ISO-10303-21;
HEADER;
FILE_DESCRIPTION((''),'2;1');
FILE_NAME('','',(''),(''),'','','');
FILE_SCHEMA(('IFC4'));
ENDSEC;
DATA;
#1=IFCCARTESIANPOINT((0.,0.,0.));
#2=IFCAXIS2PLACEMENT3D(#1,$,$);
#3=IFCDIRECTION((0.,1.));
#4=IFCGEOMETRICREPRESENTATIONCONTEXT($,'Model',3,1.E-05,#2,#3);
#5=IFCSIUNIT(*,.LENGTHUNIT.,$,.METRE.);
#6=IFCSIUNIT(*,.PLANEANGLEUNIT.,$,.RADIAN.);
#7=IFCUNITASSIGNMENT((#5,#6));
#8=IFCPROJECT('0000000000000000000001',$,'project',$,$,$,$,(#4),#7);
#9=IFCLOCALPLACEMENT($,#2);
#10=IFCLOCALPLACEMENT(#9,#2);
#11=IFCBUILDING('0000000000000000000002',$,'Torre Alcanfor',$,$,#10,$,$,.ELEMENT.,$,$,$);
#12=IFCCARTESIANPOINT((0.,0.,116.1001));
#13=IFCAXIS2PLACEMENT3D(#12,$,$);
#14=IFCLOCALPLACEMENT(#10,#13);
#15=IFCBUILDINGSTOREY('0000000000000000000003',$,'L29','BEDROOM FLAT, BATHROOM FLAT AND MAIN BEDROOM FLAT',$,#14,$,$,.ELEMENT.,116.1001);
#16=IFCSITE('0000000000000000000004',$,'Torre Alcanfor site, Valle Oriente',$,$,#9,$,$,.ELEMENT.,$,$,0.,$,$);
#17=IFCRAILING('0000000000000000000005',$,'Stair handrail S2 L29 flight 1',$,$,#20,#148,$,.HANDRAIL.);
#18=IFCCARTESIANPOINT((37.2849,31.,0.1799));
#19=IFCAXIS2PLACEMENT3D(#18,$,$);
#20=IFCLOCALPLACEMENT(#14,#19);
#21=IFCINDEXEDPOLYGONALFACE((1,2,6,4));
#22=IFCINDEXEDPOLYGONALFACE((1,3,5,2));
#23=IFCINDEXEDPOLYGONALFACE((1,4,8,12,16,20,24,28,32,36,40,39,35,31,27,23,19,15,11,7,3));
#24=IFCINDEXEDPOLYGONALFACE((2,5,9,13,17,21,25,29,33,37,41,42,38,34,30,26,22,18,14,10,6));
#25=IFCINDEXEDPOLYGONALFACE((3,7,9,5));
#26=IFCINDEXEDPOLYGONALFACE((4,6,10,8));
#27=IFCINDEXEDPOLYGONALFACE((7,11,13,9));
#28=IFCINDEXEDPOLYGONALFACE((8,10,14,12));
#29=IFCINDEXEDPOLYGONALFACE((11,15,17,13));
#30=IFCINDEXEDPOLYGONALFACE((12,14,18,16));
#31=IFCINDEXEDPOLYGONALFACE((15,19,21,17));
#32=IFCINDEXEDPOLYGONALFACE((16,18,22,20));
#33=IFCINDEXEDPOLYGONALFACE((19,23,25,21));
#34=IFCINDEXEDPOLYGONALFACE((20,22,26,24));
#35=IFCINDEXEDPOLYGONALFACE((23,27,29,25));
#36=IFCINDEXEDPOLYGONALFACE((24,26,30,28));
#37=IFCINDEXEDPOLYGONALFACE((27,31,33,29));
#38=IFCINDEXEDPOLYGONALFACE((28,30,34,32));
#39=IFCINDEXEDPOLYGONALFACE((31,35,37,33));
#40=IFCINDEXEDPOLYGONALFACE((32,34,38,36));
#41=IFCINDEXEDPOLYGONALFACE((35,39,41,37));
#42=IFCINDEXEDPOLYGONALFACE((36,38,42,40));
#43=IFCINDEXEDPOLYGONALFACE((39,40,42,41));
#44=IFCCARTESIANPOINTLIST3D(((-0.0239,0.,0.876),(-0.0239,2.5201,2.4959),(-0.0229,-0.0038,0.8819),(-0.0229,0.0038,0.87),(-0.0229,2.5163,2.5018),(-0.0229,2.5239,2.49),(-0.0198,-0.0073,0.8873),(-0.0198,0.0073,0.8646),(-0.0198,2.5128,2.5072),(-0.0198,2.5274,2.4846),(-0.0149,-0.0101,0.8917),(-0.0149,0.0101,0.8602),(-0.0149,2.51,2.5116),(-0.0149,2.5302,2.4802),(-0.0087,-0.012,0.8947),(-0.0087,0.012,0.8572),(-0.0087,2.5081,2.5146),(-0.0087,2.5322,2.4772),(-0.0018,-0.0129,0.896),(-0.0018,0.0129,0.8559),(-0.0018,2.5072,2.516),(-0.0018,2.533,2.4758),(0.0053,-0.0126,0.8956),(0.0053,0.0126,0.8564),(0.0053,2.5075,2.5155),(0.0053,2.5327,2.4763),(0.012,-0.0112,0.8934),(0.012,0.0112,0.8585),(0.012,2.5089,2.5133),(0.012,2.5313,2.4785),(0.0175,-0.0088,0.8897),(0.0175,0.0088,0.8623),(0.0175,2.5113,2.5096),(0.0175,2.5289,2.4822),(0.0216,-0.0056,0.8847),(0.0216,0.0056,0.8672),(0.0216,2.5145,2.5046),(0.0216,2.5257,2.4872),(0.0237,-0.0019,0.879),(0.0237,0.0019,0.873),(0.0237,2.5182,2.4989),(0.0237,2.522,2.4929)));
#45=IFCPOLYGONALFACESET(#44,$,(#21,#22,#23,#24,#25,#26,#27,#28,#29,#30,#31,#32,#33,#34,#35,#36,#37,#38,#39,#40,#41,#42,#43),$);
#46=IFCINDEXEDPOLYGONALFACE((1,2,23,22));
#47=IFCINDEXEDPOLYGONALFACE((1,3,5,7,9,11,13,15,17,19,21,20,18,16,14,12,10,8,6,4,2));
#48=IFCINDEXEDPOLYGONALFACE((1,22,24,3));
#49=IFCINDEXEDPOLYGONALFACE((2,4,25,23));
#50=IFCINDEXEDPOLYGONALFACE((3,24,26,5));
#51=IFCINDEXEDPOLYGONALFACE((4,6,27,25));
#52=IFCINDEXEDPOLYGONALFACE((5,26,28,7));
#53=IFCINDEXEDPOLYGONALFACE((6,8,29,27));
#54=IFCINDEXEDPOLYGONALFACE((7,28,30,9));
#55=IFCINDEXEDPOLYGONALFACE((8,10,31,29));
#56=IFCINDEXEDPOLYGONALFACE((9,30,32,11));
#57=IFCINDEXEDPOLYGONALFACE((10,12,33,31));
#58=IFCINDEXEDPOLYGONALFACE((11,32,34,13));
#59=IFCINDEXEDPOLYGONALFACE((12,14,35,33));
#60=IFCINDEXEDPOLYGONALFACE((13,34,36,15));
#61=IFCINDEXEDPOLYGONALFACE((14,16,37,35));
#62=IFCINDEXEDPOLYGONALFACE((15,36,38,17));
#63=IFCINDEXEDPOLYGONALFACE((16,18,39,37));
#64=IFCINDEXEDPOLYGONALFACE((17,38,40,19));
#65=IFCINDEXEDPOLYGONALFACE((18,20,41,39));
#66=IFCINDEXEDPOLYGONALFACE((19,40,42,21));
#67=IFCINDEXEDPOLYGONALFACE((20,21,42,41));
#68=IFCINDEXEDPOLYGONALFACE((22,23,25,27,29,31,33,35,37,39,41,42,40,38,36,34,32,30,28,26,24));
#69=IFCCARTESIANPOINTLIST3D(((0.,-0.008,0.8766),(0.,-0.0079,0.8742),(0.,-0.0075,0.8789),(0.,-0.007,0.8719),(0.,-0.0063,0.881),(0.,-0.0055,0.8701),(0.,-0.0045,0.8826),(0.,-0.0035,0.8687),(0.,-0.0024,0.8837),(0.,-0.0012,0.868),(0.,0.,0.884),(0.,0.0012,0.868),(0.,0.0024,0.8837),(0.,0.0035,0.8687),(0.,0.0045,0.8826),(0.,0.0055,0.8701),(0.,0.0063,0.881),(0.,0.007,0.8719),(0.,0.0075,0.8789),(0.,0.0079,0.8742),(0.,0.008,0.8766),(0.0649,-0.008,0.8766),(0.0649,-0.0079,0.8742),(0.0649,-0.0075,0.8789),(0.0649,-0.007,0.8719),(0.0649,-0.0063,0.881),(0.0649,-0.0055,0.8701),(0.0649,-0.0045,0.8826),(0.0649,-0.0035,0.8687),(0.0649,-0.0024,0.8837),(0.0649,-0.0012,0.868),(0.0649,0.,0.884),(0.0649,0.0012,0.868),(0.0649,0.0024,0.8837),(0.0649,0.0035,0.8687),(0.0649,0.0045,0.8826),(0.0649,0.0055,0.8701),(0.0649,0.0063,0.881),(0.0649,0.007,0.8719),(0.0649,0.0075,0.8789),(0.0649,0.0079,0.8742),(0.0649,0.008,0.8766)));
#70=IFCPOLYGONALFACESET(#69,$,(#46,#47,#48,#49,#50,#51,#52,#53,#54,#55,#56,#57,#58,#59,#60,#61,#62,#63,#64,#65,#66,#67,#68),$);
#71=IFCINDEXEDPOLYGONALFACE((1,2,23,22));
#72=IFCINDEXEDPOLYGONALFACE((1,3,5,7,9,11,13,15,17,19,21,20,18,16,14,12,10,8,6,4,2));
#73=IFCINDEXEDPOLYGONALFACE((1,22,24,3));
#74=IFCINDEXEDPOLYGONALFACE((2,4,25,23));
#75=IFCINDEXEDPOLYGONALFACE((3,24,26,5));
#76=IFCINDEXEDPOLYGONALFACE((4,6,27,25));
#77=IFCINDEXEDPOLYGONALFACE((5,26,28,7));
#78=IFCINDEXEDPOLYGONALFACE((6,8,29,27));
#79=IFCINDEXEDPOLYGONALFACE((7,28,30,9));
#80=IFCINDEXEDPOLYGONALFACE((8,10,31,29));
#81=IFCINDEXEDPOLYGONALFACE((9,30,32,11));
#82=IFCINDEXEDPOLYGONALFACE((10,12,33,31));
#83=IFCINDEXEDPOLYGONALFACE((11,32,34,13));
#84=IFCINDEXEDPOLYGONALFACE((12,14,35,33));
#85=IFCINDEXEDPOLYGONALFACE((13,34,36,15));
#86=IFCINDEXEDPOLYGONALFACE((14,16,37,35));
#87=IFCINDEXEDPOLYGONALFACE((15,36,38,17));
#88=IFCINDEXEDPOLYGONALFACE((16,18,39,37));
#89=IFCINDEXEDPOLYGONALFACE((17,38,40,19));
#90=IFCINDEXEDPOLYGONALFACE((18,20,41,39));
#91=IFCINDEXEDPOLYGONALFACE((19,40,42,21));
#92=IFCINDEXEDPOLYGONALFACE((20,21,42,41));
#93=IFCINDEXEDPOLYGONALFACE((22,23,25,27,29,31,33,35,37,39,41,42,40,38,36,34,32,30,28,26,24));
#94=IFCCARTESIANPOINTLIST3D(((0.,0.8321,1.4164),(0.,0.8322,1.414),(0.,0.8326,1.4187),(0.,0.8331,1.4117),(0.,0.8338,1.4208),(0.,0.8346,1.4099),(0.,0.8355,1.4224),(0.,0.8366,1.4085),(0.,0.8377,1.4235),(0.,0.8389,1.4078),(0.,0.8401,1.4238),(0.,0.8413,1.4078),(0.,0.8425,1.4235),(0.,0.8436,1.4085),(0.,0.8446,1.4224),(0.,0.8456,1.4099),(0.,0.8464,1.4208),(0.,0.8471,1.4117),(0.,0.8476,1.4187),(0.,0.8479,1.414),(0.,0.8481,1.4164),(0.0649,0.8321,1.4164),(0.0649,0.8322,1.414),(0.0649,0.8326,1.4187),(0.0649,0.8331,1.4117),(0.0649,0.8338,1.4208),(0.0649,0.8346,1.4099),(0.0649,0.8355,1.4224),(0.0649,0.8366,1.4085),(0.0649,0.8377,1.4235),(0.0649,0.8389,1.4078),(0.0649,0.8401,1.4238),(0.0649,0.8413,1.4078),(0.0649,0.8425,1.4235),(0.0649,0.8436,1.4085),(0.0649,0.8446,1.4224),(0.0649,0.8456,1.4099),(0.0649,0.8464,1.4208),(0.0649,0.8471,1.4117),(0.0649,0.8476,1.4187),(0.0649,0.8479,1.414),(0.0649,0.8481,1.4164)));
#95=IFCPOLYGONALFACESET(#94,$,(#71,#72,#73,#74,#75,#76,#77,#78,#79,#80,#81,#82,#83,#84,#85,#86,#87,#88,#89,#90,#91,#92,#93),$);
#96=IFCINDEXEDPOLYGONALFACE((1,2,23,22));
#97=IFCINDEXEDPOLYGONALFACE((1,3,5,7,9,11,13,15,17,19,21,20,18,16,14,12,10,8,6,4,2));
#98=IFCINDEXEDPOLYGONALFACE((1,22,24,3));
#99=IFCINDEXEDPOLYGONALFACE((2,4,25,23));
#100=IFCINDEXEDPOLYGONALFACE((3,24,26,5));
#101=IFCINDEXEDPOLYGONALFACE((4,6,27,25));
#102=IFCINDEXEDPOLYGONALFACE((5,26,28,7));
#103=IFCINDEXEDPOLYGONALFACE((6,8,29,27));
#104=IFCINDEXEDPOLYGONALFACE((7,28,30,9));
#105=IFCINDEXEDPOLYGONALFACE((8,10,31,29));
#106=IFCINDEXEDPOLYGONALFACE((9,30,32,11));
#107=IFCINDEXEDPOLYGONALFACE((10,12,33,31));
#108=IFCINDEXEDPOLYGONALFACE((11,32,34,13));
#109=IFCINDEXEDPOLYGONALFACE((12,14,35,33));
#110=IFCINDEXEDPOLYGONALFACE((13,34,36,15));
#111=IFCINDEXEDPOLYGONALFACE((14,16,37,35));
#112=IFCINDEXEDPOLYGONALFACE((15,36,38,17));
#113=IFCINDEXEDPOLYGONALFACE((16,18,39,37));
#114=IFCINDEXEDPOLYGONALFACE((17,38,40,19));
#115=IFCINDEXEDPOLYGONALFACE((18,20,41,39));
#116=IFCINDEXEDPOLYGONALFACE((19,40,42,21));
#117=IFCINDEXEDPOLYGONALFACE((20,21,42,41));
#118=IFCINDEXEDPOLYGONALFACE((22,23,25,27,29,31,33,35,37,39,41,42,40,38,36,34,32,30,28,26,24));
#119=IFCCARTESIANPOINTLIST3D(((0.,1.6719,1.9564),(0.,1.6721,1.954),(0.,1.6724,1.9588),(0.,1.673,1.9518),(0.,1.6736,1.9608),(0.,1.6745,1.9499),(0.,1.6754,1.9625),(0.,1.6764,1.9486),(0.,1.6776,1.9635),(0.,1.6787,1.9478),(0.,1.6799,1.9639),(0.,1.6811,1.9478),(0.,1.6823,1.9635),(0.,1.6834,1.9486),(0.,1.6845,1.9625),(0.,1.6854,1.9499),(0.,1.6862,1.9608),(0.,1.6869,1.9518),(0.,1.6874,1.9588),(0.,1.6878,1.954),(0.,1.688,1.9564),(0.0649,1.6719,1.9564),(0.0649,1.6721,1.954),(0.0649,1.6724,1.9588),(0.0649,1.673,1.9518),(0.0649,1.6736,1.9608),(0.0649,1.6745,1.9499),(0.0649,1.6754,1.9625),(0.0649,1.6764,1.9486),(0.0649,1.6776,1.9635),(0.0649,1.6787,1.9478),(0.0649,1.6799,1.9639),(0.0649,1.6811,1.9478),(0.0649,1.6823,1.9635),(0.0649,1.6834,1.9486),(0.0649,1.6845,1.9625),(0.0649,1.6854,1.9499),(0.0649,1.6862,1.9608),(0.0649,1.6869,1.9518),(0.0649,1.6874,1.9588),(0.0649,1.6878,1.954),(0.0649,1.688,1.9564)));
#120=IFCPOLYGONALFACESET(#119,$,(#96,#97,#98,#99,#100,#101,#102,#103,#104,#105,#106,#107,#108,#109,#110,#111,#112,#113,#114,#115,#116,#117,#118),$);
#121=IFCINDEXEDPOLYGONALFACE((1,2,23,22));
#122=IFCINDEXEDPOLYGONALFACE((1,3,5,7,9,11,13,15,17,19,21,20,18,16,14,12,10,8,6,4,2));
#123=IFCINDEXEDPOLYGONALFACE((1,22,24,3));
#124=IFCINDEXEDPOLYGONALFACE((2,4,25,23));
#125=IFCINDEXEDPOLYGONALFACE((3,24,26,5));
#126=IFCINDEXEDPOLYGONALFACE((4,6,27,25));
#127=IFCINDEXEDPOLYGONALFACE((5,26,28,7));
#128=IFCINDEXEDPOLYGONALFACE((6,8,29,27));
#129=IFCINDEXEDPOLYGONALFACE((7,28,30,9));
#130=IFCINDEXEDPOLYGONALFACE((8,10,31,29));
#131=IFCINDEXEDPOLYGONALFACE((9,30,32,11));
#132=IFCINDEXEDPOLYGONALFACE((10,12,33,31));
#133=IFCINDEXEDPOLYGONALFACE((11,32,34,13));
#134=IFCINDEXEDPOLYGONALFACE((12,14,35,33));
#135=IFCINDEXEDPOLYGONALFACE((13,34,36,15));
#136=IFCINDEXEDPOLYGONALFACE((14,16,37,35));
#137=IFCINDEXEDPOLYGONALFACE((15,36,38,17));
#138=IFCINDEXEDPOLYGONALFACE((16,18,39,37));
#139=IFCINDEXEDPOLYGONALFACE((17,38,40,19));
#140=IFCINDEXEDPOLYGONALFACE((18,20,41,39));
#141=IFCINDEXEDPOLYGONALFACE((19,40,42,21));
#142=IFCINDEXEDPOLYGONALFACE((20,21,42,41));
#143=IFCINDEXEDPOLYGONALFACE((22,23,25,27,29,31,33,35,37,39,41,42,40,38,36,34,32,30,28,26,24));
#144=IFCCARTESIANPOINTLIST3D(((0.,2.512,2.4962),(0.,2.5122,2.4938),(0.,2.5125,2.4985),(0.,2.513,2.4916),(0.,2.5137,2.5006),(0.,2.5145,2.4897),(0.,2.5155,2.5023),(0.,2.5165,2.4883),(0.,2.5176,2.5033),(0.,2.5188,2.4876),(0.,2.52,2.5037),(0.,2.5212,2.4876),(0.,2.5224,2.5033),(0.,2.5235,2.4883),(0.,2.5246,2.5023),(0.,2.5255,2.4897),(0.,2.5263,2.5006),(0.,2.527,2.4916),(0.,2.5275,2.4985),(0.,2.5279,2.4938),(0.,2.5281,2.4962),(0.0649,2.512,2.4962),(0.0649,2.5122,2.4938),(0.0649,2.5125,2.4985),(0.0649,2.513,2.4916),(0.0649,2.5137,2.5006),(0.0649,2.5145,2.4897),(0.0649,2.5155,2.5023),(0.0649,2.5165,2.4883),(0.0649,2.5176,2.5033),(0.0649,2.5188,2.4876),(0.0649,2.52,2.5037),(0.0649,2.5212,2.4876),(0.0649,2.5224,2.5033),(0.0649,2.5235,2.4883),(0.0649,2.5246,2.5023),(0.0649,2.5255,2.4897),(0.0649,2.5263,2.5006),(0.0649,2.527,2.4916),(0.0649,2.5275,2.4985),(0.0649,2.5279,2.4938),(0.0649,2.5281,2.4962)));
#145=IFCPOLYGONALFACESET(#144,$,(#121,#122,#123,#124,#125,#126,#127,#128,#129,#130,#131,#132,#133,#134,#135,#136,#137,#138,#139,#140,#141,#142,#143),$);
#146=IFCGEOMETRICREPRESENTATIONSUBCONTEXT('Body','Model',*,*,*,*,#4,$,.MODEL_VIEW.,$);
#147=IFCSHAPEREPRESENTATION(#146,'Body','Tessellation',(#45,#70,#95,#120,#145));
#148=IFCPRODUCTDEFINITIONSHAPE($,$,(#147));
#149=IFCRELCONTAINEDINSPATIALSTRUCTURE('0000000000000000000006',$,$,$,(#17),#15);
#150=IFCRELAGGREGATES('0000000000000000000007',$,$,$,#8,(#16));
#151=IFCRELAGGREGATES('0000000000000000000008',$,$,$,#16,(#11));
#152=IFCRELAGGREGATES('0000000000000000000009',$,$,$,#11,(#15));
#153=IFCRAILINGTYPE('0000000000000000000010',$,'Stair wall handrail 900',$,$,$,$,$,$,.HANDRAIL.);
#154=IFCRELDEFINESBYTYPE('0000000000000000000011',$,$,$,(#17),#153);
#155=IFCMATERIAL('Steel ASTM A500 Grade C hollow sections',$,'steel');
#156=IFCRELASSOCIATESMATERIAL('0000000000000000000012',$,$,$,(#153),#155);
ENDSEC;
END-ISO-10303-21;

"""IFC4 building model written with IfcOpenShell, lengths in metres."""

from ifc_helpers import new_model, si_unit, direction, frame, origin, origin_2d, place, context, subcontext, project, spatial, circle, extrude, material, type_object, element, save


model = new_model("IFC4")

# Units and contexts
model_context = context("Model", 3, precision=1e-05, world=origin(), true_north=direction((0.0, 1.0)))
body_context = subcontext(model_context, "Body", "Model", "MODEL_VIEW")
ifc_project = project(units=[si_unit("LENGTHUNIT", "METRE"), si_unit("PLANEANGLEUNIT", "RADIAN")], contexts=[model_context])

# Site, building, storey
site_placement = place(None, origin())
site = spatial("IfcSite", under=ifc_project, at=site_placement, Name="Torre Alcanfor site, Valle Oriente", CompositionType="ELEMENT", RefElevation=0.0)
building_placement = place(site_placement, origin())
building = spatial("IfcBuilding", under=site, at=building_placement, Name="Torre Alcanfor", CompositionType="ELEMENT")
storey_placement = place(building_placement, frame((0.0, 0.0, 116.1001)))
storey = spatial("IfcBuildingStorey", under=building, at=storey_placement, Name="L29", Description="BEDROOM FLAT, BATHROOM FLAT AND MAIN BEDROOM FLAT", CompositionType="ELEMENT", Elevation=116.1001)

# Railing
ifc_material_1 = material(Name="Steel ASTM A500 Grade C hollow sections", Category="steel")
railing_type_1 = type_object("IfcRailingType", Name="Stair wall handrail 900", PredefinedType="HANDRAIL", material=ifc_material_1)
railing_1_placement = place(storey_placement, frame((37.2849, 31.0, 0.1799)))
element("IfcRailing", 1, at=railing_1_placement, inside=storey, type_object=railing_type_1, Name="Stair handrail S2 L29 flight 1", PredefinedType="HANDRAIL", context=body_context, shape_type="SweptSolid", body=[
    extrude(circle(Radius=0.0239, at=origin_2d()), frame((0.0, 0.0, 0.876), z_axis=(0.0, 0.8412, 0.540725), x_axis=(-1.0, 0.0, 0.0)), (0.0, 0.0, 1.0), 2.9958),
    extrude(circle(Radius=0.0081, at=origin_2d()), frame((0.0, 0.0, 0.876), z_axis=(1.0, 0.0, 0.0), x_axis=(0.0, 0.0, 1.0)), (0.0, 0.0, 1.0), 0.0649),
    extrude(circle(Radius=0.0081, at=origin_2d()), frame((0.0, 0.8401, 1.4158), z_axis=(1.0, 0.0, 0.0), x_axis=(0.0, 0.0, 1.0)), (0.0, 0.0, 1.0), 0.0649),
    extrude(circle(Radius=0.0081, at=origin_2d()), frame((0.0, 1.6799, 1.9558), z_axis=(1.0, 0.0, 0.0), x_axis=(0.0, 0.0, 1.0)), (0.0, 0.0, 1.0), 0.0649),
    extrude(circle(Radius=0.0081, at=origin_2d()), frame((0.0, 2.52, 2.4956), z_axis=(1.0, 0.0, 0.0), x_axis=(0.0, 0.0, 1.0)), (0.0, 0.0, 1.0), 0.0649),
])

save(model, "model.ifc")
